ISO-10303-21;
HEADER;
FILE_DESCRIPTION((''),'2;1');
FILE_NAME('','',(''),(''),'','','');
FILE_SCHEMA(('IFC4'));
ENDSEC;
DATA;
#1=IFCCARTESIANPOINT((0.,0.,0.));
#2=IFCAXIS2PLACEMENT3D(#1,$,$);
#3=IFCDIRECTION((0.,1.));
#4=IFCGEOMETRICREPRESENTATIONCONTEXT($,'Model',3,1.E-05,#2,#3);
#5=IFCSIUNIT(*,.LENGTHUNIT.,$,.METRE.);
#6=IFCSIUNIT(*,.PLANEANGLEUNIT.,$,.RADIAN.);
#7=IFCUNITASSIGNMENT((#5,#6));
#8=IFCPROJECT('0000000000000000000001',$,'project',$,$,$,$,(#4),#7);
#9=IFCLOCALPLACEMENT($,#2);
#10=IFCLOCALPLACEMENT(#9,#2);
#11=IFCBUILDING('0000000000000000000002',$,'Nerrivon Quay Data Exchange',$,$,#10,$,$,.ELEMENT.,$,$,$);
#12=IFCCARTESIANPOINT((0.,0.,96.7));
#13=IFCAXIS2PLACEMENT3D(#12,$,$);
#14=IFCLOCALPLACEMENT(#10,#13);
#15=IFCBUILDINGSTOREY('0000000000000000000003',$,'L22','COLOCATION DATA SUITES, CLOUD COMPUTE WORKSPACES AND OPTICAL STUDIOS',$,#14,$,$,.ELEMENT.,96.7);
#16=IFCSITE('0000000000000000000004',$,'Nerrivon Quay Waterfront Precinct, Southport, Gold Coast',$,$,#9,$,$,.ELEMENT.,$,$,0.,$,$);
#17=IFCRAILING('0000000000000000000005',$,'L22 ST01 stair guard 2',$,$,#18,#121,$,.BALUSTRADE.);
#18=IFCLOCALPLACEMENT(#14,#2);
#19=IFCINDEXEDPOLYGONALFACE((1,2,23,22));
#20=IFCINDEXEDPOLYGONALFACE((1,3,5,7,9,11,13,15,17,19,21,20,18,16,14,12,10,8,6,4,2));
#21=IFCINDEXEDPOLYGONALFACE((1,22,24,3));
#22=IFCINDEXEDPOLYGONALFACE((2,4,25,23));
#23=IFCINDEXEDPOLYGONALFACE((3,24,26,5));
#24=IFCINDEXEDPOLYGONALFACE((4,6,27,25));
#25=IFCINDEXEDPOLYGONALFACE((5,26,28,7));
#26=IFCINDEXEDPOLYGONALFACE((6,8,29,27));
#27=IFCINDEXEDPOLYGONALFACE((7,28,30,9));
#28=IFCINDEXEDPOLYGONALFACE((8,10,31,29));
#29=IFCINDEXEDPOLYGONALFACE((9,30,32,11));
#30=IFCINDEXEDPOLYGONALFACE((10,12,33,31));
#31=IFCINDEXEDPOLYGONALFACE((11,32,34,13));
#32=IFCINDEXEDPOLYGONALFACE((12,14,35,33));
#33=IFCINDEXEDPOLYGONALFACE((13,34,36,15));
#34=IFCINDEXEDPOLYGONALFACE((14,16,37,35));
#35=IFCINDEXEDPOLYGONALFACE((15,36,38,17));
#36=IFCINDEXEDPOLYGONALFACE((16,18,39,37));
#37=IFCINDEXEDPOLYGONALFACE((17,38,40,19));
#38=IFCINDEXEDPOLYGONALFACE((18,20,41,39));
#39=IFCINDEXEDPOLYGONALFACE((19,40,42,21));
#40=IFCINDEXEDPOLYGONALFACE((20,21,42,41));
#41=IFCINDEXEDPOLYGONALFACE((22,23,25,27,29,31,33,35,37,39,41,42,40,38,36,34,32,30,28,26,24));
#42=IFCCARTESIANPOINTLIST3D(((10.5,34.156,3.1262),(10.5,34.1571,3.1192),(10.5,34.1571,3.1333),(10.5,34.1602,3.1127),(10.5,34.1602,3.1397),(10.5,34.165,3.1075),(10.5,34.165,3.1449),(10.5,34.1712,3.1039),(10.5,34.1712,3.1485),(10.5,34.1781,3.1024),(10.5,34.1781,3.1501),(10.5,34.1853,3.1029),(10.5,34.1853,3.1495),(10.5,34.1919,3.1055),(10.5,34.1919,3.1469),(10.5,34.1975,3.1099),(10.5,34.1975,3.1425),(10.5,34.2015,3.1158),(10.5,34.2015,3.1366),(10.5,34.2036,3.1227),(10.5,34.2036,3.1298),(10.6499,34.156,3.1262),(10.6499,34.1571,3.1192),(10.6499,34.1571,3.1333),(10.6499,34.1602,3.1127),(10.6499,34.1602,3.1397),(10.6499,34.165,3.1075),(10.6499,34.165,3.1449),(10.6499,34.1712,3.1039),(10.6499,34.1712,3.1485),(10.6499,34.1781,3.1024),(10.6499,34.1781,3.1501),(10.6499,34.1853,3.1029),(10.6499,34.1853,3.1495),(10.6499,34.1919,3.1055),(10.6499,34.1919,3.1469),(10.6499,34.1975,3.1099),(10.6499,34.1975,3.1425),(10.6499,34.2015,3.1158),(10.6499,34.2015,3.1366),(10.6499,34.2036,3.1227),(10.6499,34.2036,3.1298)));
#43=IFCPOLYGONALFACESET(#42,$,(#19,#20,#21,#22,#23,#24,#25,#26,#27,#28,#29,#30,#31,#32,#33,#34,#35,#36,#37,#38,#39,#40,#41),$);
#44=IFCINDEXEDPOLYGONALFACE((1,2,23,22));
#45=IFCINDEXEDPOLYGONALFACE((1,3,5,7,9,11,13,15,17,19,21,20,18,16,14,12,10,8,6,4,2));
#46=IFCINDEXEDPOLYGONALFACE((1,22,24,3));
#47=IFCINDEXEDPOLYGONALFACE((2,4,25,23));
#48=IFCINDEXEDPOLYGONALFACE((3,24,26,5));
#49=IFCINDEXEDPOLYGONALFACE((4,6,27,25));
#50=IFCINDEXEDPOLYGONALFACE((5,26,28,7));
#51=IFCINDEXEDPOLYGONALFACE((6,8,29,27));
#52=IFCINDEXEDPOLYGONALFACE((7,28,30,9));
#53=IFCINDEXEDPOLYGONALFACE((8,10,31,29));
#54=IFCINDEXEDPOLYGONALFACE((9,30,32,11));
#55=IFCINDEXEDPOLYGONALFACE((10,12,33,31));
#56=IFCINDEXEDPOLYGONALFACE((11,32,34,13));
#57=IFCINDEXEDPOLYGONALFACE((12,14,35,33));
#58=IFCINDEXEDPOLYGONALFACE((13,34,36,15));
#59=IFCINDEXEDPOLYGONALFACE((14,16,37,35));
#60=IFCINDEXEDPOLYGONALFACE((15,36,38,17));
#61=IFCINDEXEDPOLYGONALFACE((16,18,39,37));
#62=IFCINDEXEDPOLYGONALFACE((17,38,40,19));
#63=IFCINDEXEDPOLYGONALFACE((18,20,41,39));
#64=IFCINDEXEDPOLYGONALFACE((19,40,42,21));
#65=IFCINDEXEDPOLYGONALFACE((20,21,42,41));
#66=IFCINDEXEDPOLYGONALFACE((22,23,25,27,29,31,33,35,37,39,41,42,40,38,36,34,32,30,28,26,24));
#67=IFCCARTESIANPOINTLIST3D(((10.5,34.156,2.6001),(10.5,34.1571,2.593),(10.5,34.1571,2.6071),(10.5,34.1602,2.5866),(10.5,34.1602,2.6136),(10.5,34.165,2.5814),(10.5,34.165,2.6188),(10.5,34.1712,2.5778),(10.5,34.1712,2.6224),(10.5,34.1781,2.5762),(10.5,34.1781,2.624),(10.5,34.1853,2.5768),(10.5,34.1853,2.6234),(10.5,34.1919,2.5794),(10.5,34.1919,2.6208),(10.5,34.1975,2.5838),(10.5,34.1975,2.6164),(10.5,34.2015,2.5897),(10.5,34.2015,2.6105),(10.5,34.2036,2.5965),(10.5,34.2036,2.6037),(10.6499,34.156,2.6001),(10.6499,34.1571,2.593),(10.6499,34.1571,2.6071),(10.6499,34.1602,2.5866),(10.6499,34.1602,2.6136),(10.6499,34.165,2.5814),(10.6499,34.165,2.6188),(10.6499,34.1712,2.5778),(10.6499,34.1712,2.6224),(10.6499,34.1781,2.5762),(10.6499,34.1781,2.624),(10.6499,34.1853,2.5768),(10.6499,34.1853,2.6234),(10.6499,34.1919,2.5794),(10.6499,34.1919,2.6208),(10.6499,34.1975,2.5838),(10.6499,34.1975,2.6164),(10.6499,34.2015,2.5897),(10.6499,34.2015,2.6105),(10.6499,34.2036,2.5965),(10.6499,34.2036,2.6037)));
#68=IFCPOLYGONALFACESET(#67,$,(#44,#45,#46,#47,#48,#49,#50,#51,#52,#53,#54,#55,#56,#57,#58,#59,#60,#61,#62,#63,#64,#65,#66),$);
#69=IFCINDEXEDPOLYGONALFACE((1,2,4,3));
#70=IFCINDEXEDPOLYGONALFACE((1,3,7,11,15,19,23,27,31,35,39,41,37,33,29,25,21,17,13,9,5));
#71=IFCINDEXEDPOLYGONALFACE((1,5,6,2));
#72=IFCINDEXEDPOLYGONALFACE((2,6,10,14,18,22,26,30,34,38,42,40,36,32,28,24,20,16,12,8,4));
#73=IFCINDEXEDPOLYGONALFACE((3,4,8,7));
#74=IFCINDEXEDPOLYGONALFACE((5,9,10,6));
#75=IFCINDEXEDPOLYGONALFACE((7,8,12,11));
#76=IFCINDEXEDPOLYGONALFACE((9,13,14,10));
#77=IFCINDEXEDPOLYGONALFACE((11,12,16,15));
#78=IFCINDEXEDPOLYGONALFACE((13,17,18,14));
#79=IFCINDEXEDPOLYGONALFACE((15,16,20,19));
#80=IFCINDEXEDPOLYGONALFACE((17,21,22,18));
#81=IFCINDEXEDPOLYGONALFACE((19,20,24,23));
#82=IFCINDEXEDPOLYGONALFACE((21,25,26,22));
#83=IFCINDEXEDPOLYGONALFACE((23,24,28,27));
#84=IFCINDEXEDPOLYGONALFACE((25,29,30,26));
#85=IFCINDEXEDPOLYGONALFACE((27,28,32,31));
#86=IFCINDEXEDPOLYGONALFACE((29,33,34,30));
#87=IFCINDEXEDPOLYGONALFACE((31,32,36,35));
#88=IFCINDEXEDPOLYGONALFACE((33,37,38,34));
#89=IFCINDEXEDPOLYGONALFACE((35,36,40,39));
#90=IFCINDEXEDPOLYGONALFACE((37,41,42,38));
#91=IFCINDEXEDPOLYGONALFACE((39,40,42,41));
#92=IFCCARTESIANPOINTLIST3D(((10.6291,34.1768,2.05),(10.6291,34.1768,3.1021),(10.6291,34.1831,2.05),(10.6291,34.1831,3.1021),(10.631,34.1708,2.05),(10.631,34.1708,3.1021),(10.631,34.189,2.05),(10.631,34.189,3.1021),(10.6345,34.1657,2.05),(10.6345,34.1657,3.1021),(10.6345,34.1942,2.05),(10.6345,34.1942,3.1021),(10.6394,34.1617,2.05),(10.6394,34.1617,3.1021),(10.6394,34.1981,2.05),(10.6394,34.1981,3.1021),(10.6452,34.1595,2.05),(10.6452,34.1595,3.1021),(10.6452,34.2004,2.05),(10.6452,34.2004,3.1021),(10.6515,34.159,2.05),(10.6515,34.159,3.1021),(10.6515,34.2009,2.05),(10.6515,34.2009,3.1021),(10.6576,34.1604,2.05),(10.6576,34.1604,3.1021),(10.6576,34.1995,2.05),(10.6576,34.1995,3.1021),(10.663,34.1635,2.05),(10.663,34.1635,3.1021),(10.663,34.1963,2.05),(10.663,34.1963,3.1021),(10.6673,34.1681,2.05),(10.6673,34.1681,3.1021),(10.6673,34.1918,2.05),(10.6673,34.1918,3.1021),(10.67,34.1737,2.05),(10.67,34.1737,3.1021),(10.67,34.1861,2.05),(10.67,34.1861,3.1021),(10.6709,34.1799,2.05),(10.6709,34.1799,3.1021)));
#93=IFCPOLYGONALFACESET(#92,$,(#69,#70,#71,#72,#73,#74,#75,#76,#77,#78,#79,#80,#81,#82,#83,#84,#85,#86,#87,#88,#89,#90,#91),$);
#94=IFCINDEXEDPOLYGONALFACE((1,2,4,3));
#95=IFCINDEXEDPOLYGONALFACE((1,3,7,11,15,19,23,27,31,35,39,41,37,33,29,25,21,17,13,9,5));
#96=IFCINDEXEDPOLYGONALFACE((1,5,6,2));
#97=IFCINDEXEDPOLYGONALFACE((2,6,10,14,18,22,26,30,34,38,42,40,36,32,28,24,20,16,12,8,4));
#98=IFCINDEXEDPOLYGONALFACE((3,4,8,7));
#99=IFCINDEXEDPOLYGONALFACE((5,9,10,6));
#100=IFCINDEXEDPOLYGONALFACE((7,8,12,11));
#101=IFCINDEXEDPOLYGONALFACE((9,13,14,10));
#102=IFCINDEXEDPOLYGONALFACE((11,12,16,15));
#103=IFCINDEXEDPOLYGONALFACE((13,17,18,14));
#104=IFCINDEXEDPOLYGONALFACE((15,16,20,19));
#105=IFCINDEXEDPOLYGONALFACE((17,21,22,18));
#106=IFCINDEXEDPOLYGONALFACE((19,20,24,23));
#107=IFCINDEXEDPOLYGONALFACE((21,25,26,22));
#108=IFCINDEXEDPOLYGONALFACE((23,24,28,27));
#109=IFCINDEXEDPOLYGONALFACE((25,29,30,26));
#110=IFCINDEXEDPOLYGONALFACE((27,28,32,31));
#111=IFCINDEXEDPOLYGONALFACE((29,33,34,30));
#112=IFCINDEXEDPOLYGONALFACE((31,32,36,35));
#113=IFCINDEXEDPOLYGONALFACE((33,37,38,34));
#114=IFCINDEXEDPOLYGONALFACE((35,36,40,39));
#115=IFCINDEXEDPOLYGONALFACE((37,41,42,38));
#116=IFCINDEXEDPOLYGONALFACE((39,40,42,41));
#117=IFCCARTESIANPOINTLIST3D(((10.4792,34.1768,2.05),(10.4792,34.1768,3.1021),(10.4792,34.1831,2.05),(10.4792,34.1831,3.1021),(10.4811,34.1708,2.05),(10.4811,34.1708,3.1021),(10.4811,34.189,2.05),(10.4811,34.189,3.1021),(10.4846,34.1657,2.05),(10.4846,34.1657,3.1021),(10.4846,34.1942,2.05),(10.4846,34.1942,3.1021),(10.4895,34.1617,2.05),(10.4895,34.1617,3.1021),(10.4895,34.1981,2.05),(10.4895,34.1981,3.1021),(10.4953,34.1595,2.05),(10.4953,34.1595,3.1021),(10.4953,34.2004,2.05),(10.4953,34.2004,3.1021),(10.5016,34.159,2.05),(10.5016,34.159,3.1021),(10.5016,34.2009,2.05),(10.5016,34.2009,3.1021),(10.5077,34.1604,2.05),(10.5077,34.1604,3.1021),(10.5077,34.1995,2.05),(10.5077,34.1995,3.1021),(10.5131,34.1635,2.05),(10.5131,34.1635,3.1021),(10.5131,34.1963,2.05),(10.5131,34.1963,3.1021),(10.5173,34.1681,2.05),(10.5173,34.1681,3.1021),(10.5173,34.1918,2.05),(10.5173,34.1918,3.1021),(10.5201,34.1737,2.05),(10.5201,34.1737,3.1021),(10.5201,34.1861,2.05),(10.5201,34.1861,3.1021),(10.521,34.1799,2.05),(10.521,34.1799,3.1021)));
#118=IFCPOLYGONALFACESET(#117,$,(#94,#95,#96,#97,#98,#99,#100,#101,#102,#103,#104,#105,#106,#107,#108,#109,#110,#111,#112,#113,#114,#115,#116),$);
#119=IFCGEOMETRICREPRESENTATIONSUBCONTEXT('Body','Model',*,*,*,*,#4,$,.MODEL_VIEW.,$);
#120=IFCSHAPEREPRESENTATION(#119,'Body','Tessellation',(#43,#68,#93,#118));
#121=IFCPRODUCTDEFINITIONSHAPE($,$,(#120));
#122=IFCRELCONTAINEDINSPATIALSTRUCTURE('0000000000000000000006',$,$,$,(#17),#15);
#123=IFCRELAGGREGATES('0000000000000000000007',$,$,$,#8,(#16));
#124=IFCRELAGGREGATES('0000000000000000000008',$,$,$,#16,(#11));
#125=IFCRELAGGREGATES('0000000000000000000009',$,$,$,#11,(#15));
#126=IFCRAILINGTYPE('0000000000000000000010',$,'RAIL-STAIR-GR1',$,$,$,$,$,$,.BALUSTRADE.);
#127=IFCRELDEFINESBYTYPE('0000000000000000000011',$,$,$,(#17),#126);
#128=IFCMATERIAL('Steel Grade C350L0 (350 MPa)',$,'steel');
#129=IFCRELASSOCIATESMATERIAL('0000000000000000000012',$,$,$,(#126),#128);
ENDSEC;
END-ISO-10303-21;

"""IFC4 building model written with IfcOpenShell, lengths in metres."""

from ifc_helpers import new_model, si_unit, direction, frame, origin, origin_2d, place, context, subcontext, project, spatial, circle, extrude, material, type_object, element, save


model = new_model("IFC4")

# Units and contexts
model_context = context("Model", 3, precision=1e-05, world=origin(), true_north=direction((0.0, 1.0)))
body_context = subcontext(model_context, "Body", "Model", "MODEL_VIEW")
ifc_project = project(units=[si_unit("LENGTHUNIT", "METRE"), si_unit("PLANEANGLEUNIT", "RADIAN")], contexts=[model_context])

# Site, building, storey
site_placement = place(None, origin())
site = spatial("IfcSite", under=ifc_project, at=site_placement, Name="Nerrivon Quay Waterfront Precinct, Southport, Gold Coast", CompositionType="ELEMENT", RefElevation=0.0)
building_placement = place(site_placement, origin())
building = spatial("IfcBuilding", under=site, at=building_placement, Name="Nerrivon Quay Data Exchange", CompositionType="ELEMENT")
storey_placement = place(building_placement, frame((0.0, 0.0, 96.7)))
storey = spatial("IfcBuildingStorey", under=building, at=storey_placement, Name="L22", Description="COLOCATION DATA SUITES, CLOUD COMPUTE WORKSPACES AND OPTICAL STUDIOS", CompositionType="ELEMENT", Elevation=96.7)

# Railing
ifc_material_1 = material(Name="Steel Grade C350L0 (350 MPa)", Category="steel")
railing_type_1 = type_object("IfcRailingType", Name="RAIL-STAIR-GR1", PredefinedType="BALUSTRADE", material=ifc_material_1)
railing_1_placement = place(storey_placement, frame((10.6499, 34.1799, 2.05)))
element("IfcRailing", 1, at=railing_1_placement, inside=storey, type_object=railing_type_1, Name="L22 ST01 stair guard 2", PredefinedType="BALUSTRADE", context=body_context, shape_type="SweptSolid", body=[
    extrude(circle(Radius=0.0239, at=origin_2d()), frame((0.0, 0.0, 1.0762), z_axis=(-1.0, 0.0, 0.0), x_axis=(0.0, -1.0, 0.0)), (0.0, 0.0, 1.0), 0.1499),
    extrude(circle(Radius=0.0239, at=origin_2d()), frame((0.0, 0.0, 0.55), z_axis=(-1.0, 0.0, 0.0), x_axis=(0.0, -1.0, 0.0)), (0.0, 0.0, 1.0), 0.1499),
    extrude(circle(Radius=0.021, at=origin_2d()), origin(), (0.0, 0.0, 1.0), 1.052),
    extrude(circle(Radius=0.021, at=origin_2d()), frame((-0.1499, 0.0, 0.0)), (0.0, 0.0, 1.0), 1.052),
])

save(model, "model.ifc")
